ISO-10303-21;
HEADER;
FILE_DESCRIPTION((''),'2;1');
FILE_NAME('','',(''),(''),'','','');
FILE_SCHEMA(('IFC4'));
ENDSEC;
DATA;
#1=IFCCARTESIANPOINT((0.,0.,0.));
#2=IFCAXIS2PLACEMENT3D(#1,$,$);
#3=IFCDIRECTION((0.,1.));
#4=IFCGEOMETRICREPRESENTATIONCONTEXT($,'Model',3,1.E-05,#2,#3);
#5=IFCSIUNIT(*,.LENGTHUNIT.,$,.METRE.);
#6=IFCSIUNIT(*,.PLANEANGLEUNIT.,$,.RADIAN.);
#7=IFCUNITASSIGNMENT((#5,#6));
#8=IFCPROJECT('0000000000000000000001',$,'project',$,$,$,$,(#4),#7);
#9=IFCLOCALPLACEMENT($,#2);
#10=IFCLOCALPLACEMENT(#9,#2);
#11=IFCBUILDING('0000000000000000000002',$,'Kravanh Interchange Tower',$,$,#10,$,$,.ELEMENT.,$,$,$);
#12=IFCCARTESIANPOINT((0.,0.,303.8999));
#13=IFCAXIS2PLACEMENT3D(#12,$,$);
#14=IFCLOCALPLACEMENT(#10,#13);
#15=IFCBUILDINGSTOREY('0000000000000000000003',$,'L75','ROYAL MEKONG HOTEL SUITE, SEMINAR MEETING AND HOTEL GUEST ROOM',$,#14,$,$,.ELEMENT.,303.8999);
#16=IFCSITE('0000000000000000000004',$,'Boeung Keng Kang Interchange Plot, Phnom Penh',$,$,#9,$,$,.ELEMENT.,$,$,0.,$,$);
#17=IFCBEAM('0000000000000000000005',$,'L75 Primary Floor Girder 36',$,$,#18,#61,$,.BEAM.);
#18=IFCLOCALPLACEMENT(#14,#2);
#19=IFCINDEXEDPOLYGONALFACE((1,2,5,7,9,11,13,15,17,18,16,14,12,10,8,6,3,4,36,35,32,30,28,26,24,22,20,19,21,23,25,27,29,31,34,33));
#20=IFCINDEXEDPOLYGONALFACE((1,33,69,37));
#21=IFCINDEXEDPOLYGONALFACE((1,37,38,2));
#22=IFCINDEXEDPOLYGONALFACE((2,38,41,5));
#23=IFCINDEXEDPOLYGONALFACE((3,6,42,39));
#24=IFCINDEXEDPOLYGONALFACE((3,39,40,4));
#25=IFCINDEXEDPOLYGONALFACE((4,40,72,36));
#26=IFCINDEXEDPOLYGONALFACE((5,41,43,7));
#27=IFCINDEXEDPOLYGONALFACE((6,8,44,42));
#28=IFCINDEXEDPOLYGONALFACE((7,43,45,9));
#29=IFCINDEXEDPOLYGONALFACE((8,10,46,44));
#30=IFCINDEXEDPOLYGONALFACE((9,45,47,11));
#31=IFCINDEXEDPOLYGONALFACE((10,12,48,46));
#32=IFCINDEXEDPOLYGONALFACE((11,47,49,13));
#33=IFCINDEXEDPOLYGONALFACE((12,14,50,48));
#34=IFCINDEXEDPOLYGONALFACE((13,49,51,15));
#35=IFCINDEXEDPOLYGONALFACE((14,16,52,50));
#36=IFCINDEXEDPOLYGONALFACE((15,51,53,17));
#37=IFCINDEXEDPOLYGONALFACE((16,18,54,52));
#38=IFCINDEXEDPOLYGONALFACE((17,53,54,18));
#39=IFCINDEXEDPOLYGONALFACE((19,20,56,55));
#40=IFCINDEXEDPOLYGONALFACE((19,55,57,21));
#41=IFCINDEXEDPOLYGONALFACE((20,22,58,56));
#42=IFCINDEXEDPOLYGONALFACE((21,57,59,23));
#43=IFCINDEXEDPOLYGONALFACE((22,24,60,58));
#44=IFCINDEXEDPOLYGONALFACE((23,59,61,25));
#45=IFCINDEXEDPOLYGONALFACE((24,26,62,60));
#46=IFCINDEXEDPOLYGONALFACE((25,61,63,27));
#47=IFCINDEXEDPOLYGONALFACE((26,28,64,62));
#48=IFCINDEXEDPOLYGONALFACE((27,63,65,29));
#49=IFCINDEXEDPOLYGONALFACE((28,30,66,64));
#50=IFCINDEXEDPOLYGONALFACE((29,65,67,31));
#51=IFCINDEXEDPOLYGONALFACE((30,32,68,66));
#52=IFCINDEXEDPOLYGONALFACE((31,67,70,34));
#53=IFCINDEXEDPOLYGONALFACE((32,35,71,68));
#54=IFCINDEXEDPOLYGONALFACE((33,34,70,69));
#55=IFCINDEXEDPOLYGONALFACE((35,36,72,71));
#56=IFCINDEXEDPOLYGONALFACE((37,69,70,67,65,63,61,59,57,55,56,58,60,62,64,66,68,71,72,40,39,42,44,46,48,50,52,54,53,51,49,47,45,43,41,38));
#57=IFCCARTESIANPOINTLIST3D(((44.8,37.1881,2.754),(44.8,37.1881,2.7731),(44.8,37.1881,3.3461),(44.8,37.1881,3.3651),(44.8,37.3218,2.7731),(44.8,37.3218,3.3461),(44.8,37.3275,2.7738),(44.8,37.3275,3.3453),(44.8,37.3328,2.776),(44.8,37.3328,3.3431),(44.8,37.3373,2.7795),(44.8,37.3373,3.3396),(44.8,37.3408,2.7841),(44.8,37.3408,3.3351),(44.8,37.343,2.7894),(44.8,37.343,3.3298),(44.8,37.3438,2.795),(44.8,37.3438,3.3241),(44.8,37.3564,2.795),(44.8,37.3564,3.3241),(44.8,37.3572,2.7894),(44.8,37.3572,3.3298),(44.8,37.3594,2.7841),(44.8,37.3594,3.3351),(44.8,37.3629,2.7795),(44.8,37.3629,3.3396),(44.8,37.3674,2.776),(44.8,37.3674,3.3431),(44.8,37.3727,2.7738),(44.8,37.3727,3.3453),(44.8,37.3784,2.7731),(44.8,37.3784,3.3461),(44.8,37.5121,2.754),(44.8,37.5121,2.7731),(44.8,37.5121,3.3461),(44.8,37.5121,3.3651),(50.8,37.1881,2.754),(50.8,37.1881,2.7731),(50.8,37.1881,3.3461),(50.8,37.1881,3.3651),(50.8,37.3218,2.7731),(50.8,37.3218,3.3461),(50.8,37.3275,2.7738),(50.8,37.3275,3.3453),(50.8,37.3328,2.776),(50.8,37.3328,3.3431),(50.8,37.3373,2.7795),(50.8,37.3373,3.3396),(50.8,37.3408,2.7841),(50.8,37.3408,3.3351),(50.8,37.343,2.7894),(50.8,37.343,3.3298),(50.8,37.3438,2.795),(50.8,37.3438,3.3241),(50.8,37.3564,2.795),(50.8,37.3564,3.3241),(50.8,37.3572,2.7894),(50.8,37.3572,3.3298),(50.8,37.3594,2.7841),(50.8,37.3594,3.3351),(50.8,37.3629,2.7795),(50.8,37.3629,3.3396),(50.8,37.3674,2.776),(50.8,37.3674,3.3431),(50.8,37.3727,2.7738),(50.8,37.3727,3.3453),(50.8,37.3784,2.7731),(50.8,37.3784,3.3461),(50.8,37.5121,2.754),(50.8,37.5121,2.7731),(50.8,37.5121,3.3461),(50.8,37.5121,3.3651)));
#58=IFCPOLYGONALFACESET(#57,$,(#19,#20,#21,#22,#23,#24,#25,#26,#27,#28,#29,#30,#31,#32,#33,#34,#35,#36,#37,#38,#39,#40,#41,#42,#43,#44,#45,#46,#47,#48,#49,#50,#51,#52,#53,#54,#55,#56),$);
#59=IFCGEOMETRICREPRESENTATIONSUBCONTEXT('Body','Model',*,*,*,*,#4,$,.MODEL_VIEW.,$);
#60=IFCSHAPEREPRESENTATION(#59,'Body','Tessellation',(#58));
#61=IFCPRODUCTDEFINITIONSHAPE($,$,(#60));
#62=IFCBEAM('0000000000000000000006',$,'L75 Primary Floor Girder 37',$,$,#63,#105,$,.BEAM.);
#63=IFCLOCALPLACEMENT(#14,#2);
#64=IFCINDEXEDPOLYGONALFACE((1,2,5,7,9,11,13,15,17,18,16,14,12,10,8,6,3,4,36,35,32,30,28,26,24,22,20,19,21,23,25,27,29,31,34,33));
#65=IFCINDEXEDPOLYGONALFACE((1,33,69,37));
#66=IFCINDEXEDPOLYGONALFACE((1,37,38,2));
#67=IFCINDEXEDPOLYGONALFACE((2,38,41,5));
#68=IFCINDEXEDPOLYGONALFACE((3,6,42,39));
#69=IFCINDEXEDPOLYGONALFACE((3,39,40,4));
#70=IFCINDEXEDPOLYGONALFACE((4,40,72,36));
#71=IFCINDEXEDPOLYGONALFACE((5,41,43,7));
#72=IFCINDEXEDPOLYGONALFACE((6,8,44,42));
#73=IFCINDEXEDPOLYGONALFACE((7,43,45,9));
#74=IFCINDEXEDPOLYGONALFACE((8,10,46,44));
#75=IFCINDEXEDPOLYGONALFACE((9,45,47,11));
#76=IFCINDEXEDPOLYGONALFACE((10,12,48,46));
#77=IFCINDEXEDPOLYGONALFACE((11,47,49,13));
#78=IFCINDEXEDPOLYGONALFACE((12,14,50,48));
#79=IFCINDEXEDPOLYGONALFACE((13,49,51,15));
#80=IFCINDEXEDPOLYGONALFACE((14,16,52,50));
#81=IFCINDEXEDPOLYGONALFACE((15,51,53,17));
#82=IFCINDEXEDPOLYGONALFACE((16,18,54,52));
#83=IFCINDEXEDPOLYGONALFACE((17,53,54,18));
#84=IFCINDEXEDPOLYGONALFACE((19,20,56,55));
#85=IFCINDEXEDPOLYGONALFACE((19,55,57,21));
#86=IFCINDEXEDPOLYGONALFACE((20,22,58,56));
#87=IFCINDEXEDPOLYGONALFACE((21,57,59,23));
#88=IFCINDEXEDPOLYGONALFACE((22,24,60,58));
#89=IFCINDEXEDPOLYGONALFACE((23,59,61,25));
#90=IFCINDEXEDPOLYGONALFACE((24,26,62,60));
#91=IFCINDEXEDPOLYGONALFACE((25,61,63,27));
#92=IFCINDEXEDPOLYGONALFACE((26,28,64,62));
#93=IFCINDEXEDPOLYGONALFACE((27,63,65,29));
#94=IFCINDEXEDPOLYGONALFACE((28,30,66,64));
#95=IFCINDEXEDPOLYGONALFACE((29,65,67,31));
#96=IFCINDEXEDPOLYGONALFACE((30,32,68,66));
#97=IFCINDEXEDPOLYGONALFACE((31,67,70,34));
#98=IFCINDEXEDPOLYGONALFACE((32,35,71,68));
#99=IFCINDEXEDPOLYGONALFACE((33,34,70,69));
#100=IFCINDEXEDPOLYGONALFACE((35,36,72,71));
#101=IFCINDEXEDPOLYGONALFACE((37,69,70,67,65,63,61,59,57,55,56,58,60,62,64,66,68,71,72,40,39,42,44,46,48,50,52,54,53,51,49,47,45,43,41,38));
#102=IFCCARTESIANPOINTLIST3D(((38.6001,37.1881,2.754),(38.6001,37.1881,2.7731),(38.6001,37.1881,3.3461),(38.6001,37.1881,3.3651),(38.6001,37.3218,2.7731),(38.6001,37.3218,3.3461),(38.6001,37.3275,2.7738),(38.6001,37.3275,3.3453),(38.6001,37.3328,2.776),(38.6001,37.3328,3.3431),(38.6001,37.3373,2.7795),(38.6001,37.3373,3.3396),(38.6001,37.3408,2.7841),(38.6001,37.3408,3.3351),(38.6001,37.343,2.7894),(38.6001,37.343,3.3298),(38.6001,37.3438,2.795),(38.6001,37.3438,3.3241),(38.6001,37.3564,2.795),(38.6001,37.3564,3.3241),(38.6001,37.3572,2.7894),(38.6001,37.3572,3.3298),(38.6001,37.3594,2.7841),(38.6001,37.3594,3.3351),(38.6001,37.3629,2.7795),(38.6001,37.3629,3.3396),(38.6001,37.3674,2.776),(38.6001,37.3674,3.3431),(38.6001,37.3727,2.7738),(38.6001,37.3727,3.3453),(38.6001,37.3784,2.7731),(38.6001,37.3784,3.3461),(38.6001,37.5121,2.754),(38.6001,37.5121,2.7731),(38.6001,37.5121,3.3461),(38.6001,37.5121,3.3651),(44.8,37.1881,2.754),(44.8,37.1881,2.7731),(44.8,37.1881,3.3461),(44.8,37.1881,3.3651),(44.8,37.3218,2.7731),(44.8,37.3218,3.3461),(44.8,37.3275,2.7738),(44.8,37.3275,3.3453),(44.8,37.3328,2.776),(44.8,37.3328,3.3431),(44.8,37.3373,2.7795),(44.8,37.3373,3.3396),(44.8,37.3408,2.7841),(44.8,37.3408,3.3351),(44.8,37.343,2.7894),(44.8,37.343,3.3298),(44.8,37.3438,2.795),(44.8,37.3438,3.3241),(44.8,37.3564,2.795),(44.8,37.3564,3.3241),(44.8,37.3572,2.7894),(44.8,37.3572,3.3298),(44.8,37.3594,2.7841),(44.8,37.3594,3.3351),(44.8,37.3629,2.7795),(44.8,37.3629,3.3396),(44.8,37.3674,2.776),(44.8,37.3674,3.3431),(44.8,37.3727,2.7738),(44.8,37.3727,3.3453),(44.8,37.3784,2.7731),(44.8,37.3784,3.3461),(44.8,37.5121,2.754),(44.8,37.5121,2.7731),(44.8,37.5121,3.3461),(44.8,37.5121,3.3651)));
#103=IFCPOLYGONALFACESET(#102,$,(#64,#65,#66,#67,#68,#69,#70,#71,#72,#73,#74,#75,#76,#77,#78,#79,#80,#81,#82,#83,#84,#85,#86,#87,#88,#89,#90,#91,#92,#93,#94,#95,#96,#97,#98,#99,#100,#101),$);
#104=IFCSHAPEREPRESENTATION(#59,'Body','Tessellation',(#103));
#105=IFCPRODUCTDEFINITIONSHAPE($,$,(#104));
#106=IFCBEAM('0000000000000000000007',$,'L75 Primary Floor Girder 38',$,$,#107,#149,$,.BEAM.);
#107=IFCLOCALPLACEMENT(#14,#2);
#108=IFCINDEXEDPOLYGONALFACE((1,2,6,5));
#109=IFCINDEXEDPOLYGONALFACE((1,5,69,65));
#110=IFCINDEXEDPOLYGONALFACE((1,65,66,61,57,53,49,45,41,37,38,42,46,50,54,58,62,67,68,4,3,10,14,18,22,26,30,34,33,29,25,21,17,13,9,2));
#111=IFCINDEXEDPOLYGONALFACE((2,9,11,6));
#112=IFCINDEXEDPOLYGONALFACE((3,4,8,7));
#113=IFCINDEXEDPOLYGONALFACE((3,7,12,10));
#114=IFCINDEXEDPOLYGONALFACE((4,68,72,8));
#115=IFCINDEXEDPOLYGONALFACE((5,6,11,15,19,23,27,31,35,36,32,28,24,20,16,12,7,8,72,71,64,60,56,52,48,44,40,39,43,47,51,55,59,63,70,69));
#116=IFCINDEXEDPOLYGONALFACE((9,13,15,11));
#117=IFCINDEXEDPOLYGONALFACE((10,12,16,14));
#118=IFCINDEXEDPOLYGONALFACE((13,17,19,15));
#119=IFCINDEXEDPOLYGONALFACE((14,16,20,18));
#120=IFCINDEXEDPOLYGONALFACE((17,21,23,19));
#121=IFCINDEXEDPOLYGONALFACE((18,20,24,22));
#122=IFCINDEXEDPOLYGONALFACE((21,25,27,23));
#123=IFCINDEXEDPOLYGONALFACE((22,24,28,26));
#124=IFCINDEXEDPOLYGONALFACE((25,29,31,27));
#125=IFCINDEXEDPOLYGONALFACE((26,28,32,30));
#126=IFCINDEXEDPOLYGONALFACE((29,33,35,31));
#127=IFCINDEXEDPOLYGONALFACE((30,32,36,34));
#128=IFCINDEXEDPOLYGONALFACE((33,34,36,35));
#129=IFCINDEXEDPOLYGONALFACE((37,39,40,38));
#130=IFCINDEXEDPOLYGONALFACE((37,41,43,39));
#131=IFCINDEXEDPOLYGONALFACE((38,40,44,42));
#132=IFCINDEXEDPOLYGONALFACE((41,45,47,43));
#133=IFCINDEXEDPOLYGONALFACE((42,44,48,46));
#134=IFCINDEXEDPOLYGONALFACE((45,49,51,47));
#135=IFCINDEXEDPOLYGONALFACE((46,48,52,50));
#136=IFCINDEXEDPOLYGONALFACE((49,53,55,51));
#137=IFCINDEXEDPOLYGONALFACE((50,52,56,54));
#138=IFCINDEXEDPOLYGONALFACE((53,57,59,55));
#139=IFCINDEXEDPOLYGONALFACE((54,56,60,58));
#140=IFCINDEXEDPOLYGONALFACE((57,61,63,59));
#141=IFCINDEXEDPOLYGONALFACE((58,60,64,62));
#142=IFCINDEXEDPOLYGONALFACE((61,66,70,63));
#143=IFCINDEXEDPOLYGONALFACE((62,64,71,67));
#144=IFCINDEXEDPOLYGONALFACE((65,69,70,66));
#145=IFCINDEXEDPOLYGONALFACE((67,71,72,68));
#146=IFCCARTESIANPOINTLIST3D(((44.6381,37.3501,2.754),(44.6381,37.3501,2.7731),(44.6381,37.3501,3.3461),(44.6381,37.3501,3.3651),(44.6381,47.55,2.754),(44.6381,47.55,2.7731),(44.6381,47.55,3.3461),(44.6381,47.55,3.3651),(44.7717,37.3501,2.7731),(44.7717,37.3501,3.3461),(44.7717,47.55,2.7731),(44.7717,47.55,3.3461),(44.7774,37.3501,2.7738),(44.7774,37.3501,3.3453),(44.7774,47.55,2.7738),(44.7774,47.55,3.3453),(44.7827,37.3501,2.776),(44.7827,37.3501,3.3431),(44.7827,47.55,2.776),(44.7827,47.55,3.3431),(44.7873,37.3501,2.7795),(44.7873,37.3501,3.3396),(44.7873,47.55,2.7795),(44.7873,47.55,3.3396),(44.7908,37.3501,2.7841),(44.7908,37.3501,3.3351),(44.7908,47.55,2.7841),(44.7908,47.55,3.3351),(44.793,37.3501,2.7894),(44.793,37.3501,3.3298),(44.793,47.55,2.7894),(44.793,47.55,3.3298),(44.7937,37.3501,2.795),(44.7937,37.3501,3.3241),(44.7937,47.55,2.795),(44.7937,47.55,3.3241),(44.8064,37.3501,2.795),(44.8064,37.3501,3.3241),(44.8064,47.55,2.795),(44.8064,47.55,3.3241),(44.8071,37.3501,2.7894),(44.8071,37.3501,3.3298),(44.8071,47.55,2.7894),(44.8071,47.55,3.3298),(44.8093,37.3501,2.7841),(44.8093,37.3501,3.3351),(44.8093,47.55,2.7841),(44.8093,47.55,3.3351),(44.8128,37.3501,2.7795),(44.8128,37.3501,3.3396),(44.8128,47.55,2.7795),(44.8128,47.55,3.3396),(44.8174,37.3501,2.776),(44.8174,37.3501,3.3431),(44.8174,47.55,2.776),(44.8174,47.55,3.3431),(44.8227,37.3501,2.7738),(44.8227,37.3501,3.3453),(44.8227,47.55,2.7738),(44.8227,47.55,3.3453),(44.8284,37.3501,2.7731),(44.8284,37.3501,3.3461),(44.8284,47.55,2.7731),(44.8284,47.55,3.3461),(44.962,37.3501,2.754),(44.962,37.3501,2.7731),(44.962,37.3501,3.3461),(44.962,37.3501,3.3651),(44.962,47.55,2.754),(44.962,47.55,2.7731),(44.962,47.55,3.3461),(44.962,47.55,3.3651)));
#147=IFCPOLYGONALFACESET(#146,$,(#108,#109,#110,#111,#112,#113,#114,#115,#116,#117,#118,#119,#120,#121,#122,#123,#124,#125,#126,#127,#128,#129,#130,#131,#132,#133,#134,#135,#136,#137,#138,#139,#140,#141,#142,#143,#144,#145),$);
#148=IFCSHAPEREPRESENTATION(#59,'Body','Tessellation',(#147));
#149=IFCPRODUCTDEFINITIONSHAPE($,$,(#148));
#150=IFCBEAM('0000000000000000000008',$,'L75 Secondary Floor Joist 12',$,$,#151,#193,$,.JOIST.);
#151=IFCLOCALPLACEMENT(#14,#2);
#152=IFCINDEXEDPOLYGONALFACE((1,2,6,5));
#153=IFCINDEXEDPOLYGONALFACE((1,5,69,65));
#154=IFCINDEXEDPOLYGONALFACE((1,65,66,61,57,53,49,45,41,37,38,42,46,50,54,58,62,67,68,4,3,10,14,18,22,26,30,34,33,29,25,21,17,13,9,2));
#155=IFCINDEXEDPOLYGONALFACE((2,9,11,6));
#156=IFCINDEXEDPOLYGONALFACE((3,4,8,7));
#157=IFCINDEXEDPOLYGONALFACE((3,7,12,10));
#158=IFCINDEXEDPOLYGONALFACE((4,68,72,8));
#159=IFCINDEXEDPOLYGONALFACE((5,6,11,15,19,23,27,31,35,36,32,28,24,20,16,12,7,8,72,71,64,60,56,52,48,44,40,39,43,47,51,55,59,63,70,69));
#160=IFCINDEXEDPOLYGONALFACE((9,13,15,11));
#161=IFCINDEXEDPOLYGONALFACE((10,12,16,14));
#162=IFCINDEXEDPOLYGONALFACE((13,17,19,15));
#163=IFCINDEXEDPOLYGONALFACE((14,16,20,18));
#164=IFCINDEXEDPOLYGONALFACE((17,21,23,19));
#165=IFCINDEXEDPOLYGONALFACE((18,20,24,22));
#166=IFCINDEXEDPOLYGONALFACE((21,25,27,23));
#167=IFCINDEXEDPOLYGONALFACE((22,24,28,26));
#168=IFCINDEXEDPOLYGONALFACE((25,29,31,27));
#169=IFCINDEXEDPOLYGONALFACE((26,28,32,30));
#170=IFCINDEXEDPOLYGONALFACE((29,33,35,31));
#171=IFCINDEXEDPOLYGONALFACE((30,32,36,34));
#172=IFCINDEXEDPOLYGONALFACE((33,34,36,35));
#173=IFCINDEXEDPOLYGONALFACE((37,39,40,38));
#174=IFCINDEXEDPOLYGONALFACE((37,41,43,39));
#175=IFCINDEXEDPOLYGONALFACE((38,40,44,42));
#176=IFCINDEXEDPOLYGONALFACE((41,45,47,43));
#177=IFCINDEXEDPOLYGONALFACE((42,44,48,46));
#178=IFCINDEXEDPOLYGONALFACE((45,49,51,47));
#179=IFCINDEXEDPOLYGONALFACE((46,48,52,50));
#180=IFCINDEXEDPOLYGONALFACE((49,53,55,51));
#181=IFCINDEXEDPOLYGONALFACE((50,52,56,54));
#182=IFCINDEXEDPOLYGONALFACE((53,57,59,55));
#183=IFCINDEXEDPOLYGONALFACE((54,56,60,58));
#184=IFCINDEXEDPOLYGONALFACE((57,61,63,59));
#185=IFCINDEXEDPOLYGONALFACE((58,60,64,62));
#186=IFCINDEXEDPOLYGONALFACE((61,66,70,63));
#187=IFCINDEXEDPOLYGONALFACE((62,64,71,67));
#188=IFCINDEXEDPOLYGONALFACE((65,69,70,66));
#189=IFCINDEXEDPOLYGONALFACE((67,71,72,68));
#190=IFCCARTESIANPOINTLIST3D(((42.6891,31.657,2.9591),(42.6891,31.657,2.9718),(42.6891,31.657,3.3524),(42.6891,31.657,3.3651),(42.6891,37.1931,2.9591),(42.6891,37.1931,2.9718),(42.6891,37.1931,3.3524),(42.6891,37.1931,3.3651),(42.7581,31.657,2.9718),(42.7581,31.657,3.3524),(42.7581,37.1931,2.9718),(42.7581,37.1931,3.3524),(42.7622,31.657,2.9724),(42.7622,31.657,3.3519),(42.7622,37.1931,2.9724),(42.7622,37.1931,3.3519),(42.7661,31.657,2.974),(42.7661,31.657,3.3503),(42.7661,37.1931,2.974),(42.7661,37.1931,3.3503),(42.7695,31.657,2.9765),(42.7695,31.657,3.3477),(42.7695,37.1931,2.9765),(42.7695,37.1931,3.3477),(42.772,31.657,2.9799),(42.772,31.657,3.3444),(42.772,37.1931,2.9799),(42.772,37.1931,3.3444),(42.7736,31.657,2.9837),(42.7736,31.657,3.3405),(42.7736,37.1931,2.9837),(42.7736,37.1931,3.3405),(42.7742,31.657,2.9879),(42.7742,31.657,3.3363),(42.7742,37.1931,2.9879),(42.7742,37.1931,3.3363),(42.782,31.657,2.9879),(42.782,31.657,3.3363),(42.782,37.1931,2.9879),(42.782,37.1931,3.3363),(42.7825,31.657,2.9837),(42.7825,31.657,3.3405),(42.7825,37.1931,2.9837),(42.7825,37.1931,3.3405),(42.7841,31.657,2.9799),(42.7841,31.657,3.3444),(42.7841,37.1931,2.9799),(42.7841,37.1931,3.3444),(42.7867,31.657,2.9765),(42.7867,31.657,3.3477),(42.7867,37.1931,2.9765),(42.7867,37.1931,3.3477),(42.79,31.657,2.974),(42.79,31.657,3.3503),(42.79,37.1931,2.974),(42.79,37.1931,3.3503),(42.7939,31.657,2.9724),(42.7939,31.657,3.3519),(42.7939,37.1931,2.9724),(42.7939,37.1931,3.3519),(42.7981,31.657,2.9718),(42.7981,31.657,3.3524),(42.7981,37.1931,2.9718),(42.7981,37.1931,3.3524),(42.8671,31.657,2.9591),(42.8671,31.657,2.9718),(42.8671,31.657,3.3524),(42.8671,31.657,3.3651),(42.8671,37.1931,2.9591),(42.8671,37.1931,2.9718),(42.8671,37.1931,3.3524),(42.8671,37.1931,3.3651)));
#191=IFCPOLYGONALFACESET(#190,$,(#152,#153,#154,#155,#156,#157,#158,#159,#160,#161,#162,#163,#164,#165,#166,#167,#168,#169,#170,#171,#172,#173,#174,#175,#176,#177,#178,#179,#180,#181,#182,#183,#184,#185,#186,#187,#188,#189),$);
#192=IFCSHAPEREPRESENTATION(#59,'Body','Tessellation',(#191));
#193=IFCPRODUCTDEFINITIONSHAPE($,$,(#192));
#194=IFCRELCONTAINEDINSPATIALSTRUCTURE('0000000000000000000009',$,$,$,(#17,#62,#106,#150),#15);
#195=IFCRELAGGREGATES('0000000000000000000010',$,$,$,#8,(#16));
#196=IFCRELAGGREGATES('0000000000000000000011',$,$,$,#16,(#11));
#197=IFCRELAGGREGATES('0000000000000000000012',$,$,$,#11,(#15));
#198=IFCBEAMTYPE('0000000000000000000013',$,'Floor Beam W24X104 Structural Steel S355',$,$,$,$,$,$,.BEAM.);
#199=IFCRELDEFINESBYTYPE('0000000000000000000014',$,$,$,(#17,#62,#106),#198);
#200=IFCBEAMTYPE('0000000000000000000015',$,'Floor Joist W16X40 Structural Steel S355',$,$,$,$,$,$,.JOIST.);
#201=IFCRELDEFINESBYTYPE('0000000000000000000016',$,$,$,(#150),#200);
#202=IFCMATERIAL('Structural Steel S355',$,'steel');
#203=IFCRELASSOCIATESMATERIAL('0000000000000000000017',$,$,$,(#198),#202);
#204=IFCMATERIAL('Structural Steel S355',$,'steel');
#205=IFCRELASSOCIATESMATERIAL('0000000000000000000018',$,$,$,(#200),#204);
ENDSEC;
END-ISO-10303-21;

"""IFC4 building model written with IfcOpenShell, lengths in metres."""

from ifc_helpers import new_model, si_unit, direction, frame, origin, origin_2d, place, context, subcontext, project, spatial, i_section, extrude, material, material_profile, profile_set, type_object, element, save


model = new_model("IFC4")

# Units and contexts
model_context = context("Model", 3, precision=1e-05, world=origin(), true_north=direction((0.0, 1.0)))
body_context = subcontext(model_context, "Body", "Model", "MODEL_VIEW")
ifc_project = project(units=[si_unit("LENGTHUNIT", "METRE"), si_unit("PLANEANGLEUNIT", "RADIAN")], contexts=[model_context])

# Site, building, storey
site_placement = place(None, origin())
site = spatial("IfcSite", under=ifc_project, at=site_placement, Name="Boeung Keng Kang Interchange Plot, Phnom Penh", CompositionType="ELEMENT", RefElevation=0.0)
building_placement = place(site_placement, origin())
building = spatial("IfcBuilding", under=site, at=building_placement, Name="Kravanh Interchange Tower", CompositionType="ELEMENT")
storey_placement = place(building_placement, frame((0.0, 0.0, 303.8999)))
storey = spatial("IfcBuildingStorey", under=building, at=storey_placement, Name="L75", Description="ROYAL MEKONG HOTEL SUITE, SEMINAR MEETING AND HOTEL GUEST ROOM", CompositionType="ELEMENT", Elevation=303.8999)

# Beams
ifc_material_1 = material(Name="Structural Steel S355", Category="steel")
ifc_material_profile_1 = material_profile(ifc_material_1, i_section(OverallWidth=0.324, OverallDepth=0.6111, WebThickness=0.0127, FlangeThickness=0.019, FilletRadius=0.022, at=origin_2d()), Name="W24X104")
ifc_profile_set_1 = profile_set([ifc_material_profile_1], Name="Structural Steel S355")
beam_type_1 = type_object("IfcBeamType", Name="Floor Beam W24X104 Structural Steel S355", PredefinedType="BEAM", material=ifc_profile_set_1)
beam_1_placement = place(storey_placement, frame((50.8, 37.3501, 3.0596), z_axis=(-1.0, 0.0, 0.0), x_axis=(0.0, -1.0, 0.0)))
element("IfcBeam", 1, at=beam_1_placement, inside=storey, type_object=beam_type_1, Name="L75 Primary Floor Girder 36", PredefinedType="BEAM", context=body_context, shape_type="SweptSolid", body=[
    extrude(i_section(OverallWidth=0.324, OverallDepth=0.6111, WebThickness=0.0127, FlangeThickness=0.019, FilletRadius=0.022, at=origin_2d()), origin(), (0.0, 0.0, 1.0), 6.0),
])
beam_2_placement = place(storey_placement, frame((44.8, 37.3501, 3.0596), z_axis=(-1.0, 0.0, 0.0), x_axis=(0.0, -1.0, 0.0)))
element("IfcBeam", 2, at=beam_2_placement, inside=storey, type_object=beam_type_1, Name="L75 Primary Floor Girder 37", PredefinedType="BEAM", context=body_context, shape_type="SweptSolid", body=[
    extrude(i_section(OverallWidth=0.324, OverallDepth=0.6111, WebThickness=0.0127, FlangeThickness=0.019, FilletRadius=0.022, at=origin_2d()), origin(), (0.0, 0.0, 1.0), 6.2),
])
beam_3_placement = place(storey_placement, frame((44.8, 37.3501, 3.0596), z_axis=(0.0, 1.0, 0.0), x_axis=(-1.0, 0.0, 0.0)))
element("IfcBeam", 3, at=beam_3_placement, inside=storey, type_object=beam_type_1, Name="L75 Primary Floor Girder 38", PredefinedType="BEAM", context=body_context, shape_type="SweptSolid", body=[
    extrude(i_section(OverallWidth=0.324, OverallDepth=0.6111, WebThickness=0.0127, FlangeThickness=0.019, FilletRadius=0.022, at=origin_2d()), origin(), (0.0, 0.0, 1.0), 10.2),
])
ifc_material_2 = material(Name="Structural Steel S355", Category="steel")
ifc_material_profile_2 = material_profile(ifc_material_2, i_section(OverallWidth=0.178, OverallDepth=0.406, WebThickness=0.0078, FlangeThickness=0.0127, FilletRadius=0.0161, at=origin_2d()), Name="W16X40")
ifc_profile_set_2 = profile_set([ifc_material_profile_2], Name="Structural Steel S355")
beam_type_2 = type_object("IfcBeamType", Name="Floor Joist W16X40 Structural Steel S355", PredefinedType="JOIST", material=ifc_profile_set_2)
beam_4_placement = place(storey_placement, frame((42.7781, 31.657, 3.1621), z_axis=(0.0, 1.0, 0.0), x_axis=(-1.0, 0.0, 0.0)))
element("IfcBeam", 4, at=beam_4_placement, inside=storey, type_object=beam_type_2, Name="L75 Secondary Floor Joist 12", PredefinedType="JOIST", context=body_context, shape_type="SweptSolid", body=[
    extrude(i_section(OverallWidth=0.178, OverallDepth=0.406, WebThickness=0.0078, FlangeThickness=0.0127, FilletRadius=0.0161, at=origin_2d()), origin(), (0.0, 0.0, 1.0), 5.5361),
])

save(model, "model.ifc")
